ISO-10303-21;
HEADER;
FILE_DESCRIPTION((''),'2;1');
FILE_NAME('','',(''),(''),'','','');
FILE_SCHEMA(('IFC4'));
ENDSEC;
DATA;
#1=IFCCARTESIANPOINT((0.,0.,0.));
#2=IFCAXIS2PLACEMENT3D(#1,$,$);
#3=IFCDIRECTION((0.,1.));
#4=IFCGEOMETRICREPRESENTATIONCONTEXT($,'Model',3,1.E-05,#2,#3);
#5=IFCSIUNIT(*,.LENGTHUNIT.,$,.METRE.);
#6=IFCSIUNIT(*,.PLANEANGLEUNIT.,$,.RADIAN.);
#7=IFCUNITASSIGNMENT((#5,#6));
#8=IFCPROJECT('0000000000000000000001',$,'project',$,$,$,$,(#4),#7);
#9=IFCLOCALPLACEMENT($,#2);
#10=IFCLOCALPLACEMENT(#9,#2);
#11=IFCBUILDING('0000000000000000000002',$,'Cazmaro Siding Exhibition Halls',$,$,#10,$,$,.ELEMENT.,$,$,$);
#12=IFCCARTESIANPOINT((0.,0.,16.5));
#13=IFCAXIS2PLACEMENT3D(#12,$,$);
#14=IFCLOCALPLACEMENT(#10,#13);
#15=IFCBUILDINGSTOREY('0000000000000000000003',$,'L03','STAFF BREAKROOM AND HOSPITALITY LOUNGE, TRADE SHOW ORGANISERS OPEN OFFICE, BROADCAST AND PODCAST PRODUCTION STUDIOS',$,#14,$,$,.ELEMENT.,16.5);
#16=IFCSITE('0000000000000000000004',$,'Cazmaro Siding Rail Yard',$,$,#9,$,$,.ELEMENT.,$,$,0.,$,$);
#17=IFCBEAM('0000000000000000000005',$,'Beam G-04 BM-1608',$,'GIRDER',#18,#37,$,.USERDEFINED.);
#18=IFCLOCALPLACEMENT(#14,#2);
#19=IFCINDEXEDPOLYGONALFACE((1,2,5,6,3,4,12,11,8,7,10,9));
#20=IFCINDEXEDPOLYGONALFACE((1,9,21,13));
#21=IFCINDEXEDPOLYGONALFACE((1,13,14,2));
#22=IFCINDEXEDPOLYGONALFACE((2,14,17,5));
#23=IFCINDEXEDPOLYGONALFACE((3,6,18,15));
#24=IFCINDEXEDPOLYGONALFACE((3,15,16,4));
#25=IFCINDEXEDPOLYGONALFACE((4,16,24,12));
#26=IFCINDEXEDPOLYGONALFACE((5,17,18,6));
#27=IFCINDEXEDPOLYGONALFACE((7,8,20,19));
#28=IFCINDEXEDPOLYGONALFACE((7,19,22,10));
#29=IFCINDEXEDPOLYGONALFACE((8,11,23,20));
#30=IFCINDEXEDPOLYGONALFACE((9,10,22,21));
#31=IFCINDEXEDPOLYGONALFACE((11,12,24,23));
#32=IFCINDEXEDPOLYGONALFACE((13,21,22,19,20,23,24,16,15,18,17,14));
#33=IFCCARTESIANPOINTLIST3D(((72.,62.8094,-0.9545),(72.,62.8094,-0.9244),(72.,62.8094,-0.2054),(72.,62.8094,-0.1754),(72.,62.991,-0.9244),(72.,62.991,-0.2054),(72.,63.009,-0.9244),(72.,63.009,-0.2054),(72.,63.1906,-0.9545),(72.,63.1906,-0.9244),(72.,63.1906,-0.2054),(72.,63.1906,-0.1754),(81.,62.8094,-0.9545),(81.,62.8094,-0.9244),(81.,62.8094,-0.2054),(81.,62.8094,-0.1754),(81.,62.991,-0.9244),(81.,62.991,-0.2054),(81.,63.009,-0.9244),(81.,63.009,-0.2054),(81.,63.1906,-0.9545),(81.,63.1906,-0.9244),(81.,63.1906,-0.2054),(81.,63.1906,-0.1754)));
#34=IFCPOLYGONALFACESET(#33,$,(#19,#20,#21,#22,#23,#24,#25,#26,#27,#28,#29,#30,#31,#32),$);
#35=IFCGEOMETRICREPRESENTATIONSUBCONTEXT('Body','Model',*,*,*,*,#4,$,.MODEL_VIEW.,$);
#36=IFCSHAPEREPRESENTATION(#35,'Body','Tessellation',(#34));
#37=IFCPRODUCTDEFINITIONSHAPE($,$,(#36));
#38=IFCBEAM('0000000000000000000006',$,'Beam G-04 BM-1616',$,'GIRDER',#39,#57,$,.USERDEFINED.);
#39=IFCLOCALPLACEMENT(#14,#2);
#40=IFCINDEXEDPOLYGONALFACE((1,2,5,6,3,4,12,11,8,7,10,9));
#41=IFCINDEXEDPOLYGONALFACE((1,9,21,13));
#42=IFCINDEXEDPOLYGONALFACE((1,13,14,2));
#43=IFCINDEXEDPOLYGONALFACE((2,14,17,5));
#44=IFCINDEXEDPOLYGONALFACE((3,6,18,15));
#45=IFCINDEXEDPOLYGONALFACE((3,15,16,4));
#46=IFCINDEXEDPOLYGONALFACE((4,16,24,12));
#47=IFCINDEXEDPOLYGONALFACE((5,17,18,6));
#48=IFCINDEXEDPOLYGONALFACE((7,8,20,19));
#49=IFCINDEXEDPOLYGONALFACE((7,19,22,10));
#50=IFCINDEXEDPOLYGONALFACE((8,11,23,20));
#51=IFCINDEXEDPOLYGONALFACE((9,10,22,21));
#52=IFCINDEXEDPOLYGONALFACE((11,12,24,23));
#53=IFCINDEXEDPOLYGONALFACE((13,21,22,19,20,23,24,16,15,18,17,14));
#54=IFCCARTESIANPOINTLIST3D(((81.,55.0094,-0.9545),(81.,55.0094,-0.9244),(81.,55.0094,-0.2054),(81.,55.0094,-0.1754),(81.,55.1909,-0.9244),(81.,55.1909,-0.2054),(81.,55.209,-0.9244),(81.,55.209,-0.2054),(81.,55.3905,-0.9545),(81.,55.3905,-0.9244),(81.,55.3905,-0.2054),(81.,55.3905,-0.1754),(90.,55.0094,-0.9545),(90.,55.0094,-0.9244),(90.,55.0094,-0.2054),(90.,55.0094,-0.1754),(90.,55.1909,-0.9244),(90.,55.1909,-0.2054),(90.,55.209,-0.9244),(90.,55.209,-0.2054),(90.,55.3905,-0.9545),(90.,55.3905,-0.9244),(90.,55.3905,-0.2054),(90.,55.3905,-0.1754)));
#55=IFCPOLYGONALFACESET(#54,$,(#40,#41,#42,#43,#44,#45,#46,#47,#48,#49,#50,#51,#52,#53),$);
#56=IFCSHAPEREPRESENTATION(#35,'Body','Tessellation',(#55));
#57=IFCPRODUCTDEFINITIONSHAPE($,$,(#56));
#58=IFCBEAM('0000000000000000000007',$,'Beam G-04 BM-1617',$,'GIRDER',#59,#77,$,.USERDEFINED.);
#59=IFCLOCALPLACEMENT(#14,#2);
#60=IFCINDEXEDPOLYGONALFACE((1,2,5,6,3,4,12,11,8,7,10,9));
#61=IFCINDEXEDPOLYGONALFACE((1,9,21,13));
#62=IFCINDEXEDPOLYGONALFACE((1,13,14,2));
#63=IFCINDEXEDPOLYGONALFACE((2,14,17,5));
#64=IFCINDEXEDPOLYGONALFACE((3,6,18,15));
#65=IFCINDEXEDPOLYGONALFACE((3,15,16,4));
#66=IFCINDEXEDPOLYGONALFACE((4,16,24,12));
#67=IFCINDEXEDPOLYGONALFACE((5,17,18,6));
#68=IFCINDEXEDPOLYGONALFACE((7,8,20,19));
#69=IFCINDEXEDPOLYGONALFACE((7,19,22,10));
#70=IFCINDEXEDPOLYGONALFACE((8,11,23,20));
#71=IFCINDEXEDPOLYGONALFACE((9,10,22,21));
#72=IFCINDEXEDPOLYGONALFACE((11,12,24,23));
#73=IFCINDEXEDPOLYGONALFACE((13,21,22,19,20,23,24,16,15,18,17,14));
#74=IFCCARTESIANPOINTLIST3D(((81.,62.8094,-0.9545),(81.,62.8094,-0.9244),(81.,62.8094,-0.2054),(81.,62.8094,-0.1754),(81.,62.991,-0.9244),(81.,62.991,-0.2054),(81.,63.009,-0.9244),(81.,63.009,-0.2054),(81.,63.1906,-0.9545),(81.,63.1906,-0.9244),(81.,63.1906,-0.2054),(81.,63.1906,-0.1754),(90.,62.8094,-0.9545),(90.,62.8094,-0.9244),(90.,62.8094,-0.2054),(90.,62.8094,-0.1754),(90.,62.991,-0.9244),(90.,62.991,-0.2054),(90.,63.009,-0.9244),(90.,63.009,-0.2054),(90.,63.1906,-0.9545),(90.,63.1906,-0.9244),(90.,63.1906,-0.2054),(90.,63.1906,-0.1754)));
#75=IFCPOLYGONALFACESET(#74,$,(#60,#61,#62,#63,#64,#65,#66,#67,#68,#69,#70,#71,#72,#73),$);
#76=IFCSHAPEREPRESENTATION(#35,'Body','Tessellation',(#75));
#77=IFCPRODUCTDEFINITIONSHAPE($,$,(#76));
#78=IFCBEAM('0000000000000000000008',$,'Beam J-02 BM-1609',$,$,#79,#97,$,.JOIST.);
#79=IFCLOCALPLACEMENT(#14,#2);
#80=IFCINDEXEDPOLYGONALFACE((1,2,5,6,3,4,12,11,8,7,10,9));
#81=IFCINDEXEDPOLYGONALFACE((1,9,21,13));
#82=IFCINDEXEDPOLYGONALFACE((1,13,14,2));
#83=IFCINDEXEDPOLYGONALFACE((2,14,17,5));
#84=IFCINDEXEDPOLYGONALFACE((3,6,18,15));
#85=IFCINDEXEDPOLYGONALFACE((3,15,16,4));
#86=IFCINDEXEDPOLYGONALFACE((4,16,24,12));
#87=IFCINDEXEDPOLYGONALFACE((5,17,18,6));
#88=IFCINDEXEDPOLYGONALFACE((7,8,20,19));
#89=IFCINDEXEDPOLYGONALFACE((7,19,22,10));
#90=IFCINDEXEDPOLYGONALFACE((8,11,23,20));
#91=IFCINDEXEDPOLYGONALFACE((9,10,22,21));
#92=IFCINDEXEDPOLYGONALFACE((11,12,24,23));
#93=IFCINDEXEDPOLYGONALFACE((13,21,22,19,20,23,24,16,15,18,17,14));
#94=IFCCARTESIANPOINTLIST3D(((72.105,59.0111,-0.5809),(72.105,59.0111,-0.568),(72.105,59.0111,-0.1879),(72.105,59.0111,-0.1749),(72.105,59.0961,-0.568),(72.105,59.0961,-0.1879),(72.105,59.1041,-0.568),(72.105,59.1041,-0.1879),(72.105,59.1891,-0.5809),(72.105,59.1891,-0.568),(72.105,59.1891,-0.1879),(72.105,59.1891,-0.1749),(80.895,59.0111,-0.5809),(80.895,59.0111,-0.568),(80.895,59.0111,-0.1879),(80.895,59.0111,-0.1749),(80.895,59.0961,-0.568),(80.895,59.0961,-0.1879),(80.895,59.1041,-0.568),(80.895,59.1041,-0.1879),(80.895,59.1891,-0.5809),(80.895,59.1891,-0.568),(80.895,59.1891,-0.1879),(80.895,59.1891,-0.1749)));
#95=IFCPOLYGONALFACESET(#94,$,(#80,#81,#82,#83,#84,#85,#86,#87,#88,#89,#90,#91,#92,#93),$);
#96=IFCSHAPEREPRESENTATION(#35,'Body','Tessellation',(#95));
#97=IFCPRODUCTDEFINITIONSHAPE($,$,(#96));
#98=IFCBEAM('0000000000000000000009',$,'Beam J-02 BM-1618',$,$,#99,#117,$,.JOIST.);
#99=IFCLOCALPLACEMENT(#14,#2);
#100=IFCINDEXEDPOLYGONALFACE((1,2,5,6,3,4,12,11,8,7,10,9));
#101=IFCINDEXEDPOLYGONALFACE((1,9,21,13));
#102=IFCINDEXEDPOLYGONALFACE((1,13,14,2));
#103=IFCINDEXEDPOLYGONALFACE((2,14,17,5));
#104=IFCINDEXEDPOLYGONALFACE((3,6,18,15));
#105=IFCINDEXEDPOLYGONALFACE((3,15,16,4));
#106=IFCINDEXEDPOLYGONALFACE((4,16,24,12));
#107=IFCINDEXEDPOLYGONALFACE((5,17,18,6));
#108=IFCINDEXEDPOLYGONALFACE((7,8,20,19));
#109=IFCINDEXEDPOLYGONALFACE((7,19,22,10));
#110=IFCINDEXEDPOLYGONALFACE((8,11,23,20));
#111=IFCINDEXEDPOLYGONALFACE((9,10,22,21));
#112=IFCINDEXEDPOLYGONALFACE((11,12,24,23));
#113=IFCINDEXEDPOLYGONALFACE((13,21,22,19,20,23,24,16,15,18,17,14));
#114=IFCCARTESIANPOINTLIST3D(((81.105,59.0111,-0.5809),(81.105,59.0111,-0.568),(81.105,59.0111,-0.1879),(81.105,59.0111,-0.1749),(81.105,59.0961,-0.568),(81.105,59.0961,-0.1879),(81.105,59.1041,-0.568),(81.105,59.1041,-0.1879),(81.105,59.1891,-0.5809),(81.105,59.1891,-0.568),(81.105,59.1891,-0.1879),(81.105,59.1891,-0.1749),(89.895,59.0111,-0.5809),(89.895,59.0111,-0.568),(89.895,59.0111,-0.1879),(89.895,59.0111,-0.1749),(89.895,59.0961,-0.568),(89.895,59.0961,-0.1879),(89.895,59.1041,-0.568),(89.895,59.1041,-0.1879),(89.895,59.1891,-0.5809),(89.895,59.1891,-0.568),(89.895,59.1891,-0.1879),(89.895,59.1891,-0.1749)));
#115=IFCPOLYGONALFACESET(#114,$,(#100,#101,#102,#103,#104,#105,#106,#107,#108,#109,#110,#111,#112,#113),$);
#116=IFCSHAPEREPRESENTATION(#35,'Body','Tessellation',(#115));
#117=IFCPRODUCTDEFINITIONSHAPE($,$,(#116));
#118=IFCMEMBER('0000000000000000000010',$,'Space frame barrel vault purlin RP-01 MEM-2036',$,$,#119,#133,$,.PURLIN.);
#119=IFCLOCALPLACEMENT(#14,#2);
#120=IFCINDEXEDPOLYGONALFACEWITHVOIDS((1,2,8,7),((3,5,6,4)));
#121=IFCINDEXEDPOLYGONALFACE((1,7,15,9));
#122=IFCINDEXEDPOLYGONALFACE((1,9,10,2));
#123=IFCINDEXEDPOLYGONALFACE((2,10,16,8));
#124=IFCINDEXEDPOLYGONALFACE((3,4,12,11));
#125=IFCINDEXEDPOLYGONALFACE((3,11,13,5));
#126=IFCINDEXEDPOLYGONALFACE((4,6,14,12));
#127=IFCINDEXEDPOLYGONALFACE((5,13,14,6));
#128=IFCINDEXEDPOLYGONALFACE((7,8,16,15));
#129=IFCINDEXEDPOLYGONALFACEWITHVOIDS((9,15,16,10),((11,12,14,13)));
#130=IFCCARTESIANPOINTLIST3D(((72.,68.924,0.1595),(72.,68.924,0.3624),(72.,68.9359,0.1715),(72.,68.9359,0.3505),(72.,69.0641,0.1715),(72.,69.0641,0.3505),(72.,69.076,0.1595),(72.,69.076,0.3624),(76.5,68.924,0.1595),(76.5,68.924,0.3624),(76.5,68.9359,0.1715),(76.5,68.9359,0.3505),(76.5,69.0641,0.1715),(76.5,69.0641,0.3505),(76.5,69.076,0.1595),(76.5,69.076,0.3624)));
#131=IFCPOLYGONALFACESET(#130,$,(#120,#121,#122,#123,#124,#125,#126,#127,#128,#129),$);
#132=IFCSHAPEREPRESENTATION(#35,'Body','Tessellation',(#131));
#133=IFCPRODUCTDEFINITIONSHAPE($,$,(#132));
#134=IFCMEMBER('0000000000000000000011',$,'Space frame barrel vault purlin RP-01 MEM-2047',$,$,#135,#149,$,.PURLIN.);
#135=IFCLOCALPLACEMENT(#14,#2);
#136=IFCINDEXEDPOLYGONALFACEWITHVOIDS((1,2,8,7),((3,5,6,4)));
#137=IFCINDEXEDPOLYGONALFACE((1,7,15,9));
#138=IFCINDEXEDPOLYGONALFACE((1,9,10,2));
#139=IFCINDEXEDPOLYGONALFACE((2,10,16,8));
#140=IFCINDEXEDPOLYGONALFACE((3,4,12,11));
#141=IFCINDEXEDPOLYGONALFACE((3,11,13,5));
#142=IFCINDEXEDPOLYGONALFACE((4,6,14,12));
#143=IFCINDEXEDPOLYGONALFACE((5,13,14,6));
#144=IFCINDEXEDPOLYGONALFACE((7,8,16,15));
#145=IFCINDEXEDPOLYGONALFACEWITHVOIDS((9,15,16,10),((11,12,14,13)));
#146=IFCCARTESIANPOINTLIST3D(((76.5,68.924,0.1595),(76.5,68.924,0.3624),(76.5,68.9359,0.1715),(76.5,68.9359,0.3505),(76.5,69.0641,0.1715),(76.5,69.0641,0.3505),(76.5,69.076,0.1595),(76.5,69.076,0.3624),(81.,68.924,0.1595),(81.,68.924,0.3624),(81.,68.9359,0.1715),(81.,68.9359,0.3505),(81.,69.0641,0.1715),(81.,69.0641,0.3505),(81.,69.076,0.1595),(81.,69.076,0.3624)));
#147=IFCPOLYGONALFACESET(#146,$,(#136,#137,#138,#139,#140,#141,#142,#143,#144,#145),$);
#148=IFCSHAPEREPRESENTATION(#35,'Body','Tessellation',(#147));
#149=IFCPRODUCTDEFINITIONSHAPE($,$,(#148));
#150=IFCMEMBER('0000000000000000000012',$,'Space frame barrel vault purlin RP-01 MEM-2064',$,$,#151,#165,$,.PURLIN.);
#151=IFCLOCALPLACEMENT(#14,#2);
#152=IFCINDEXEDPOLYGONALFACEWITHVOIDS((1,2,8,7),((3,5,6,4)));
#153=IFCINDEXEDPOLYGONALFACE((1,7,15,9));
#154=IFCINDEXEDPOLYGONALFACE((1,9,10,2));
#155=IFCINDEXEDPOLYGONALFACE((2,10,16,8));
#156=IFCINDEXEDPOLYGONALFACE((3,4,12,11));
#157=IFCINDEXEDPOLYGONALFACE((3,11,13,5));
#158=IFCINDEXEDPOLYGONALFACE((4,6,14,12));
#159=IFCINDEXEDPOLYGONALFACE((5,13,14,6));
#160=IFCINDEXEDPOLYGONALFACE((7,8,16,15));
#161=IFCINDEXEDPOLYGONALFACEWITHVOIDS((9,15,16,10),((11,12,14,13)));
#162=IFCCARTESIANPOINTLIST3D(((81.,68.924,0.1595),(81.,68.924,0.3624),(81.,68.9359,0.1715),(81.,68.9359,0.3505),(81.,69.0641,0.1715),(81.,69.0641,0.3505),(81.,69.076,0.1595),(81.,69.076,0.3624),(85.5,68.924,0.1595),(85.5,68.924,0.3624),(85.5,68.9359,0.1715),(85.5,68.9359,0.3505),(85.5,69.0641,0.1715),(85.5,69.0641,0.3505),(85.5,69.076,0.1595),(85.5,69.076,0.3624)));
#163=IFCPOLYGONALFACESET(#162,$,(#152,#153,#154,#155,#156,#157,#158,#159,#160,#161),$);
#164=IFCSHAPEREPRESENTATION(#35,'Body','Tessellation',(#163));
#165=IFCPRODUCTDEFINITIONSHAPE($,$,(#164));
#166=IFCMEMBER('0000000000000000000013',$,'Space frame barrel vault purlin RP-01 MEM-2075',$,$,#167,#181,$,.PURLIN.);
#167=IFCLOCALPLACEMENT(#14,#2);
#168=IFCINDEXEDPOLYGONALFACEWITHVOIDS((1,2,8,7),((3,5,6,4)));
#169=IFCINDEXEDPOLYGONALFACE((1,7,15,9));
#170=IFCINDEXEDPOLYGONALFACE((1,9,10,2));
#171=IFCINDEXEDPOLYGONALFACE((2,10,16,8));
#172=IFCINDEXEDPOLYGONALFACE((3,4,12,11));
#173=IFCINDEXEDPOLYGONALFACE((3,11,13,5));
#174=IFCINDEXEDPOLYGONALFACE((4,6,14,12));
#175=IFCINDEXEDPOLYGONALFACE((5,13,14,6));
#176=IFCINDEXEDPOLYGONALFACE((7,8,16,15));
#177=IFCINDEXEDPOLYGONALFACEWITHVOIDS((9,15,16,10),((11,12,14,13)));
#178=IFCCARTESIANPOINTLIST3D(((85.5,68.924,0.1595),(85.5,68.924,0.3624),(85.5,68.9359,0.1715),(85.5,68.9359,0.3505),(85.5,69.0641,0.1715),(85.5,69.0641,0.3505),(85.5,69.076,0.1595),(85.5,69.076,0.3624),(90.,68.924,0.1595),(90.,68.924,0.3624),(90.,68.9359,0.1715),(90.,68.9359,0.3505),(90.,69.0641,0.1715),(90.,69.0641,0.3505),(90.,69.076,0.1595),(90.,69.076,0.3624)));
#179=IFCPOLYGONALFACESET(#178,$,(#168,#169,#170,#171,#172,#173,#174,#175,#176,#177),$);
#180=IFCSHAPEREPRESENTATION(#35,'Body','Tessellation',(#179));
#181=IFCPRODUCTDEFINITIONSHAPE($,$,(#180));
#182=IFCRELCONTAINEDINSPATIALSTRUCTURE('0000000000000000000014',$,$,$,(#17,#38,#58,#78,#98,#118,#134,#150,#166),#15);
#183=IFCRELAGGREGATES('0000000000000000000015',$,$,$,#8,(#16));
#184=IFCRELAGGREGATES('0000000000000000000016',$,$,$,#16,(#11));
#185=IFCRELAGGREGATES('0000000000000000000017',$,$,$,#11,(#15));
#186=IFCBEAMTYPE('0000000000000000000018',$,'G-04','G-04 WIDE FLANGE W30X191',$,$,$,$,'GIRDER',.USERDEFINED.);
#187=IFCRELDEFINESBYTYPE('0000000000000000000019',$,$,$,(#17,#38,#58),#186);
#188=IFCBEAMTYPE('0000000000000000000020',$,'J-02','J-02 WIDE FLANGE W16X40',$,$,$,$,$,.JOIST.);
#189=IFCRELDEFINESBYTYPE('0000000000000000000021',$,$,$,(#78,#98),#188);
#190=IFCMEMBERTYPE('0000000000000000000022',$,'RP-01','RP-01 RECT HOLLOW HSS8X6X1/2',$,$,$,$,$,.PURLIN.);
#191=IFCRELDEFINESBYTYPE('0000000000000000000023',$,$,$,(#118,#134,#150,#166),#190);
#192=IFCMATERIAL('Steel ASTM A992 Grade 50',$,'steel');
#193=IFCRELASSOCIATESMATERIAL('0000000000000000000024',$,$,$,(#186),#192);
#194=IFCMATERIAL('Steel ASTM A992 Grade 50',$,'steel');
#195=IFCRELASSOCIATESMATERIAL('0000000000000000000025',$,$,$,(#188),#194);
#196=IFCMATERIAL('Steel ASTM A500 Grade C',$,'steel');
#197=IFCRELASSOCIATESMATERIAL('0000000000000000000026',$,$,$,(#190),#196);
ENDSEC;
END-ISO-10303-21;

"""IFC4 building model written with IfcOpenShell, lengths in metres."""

from ifc_helpers import new_model, si_unit, direction, frame, origin, origin_2d, place, context, subcontext, project, spatial, hollow_rectangle, i_section, extrude, material, material_profile, profile_set, type_object, element, save


model = new_model("IFC4")

# Units and contexts
model_context = context("Model", 3, precision=1e-05, world=origin(), true_north=direction((0.0, 1.0)))
body_context = subcontext(model_context, "Body", "Model", "MODEL_VIEW")
ifc_project = project(units=[si_unit("LENGTHUNIT", "METRE"), si_unit("PLANEANGLEUNIT", "RADIAN")], contexts=[model_context])

# Site, building, storey
site_placement = place(None, origin())
site = spatial("IfcSite", under=ifc_project, at=site_placement, Name="Cazmaro Siding Rail Yard", CompositionType="ELEMENT", RefElevation=0.0)
building_placement = place(site_placement, origin())
building = spatial("IfcBuilding", under=site, at=building_placement, Name="Cazmaro Siding Exhibition Halls", CompositionType="ELEMENT")
storey_placement = place(building_placement, frame((0.0, 0.0, 16.5)))
storey = spatial("IfcBuildingStorey", under=building, at=storey_placement, Name="L03", Description="STAFF BREAKROOM AND HOSPITALITY LOUNGE, TRADE SHOW ORGANISERS OPEN OFFICE, BROADCAST AND PODCAST PRODUCTION STUDIOS", CompositionType="ELEMENT", Elevation=16.5)

# Beams
ifc_material_1 = material(Name="Steel ASTM A992 Grade 50", Category="steel")
ifc_material_profile_1 = material_profile(ifc_material_1, i_section(OverallWidth=0.3811, OverallDepth=0.7791, WebThickness=0.0181, FlangeThickness=0.03, at=origin_2d()), Name="W30X191")
ifc_profile_set_1 = profile_set([ifc_material_profile_1], Name="Steel ASTM A992 Grade 50")
beam_type_1 = type_object("IfcBeamType", Name="G-04", Description="G-04 WIDE FLANGE W30X191", ElementType="GIRDER", PredefinedType="USERDEFINED", material=ifc_profile_set_1)
for number, where, z_axis, x_axis, name in (
    (1, (72.0, 63.0, -0.5649), (1.0, 0.0, 0.0), (0.0, 1.0, 0.0), "Beam G-04 BM-1608"),
    (2, (81.0, 55.2, -0.5649), (1.0, 0.0, 0.0), (0.0, 1.0, 0.0), "Beam G-04 BM-1616"),
    (3, (81.0, 63.0, -0.5649), (1.0, 0.0, 0.0), (0.0, 1.0, 0.0), "Beam G-04 BM-1617"),
):
    element("IfcBeam", number, at=place(storey_placement, frame(where, z_axis=z_axis, x_axis=x_axis)), inside=storey, type_object=beam_type_1, Name=name, ObjectType="GIRDER", PredefinedType="USERDEFINED", context=body_context, shape_type="SweptSolid", body=[
        extrude(i_section(OverallWidth=0.3811, OverallDepth=0.7791, WebThickness=0.0181, FlangeThickness=0.03, at=origin_2d()), origin(), (0.0, 0.0, 1.0), 9.0),
    ])
ifc_material_2 = material(Name="Steel ASTM A992 Grade 50", Category="steel")
ifc_material_profile_2 = material_profile(ifc_material_2, i_section(OverallWidth=0.178, OverallDepth=0.406, WebThickness=0.0081, FlangeThickness=0.0129, at=origin_2d()), Name="W16X40")
ifc_profile_set_2 = profile_set([ifc_material_profile_2], Name="Steel ASTM A992 Grade 50")
beam_type_2 = type_object("IfcBeamType", Name="J-02", Description="J-02 WIDE FLANGE W16X40", PredefinedType="JOIST", material=ifc_profile_set_2)
for number, where, z_axis, x_axis, name in (
    (4, (72.105, 59.1001, -0.3779), (1.0, 0.0, 0.0), (0.0, 1.0, 0.0), "Beam J-02 BM-1609"),
    (5, (81.105, 59.1001, -0.3779), (1.0, 0.0, 0.0), (0.0, 1.0, 0.0), "Beam J-02 BM-1618"),
):
    element("IfcBeam", number, at=place(storey_placement, frame(where, z_axis=z_axis, x_axis=x_axis)), inside=storey, type_object=beam_type_2, Name=name, PredefinedType="JOIST", context=body_context, shape_type="SweptSolid", body=[
        extrude(i_section(OverallWidth=0.178, OverallDepth=0.406, WebThickness=0.0081, FlangeThickness=0.0129, at=origin_2d()), origin(), (0.0, 0.0, 1.0), 8.79),
    ])

# Members
ifc_material_3 = material(Name="Steel ASTM A500 Grade C", Category="steel")
ifc_material_profile_3 = material_profile(ifc_material_3, hollow_rectangle(XDim=0.1521, YDim=0.2029, WallThickness=0.012, at=origin_2d()), Name="HSS8X6X1/2")
ifc_profile_set_3 = profile_set([ifc_material_profile_3], Name="Steel ASTM A500 Grade C")
member_type_1 = type_object("IfcMemberType", Name="RP-01", Description="RP-01 RECT HOLLOW HSS8X6X1/2", PredefinedType="PURLIN", material=ifc_profile_set_3)
for number, where, z_axis, x_axis, name in (
    (6, (72.0, 69.0, 0.261), (1.0, 0.0, 0.0), (0.0, 1.0, 0.0), "Space frame barrel vault purlin RP-01 MEM-2036"),
    (7, (76.5, 69.0, 0.261), (1.0, 0.0, 0.0), (0.0, 1.0, 0.0), "Space frame barrel vault purlin RP-01 MEM-2047"),
    (8, (81.0, 69.0, 0.261), (1.0, 0.0, 0.0), (0.0, 1.0, 0.0), "Space frame barrel vault purlin RP-01 MEM-2064"),
    (9, (85.5, 69.0, 0.261), (1.0, 0.0, 0.0), (0.0, 1.0, 0.0), "Space frame barrel vault purlin RP-01 MEM-2075"),
):
    element("IfcMember", number, at=place(storey_placement, frame(where, z_axis=z_axis, x_axis=x_axis)), inside=storey, type_object=member_type_1, Name=name, PredefinedType="PURLIN", context=body_context, shape_type="SweptSolid", body=[
        extrude(hollow_rectangle(XDim=0.1521, YDim=0.2029, WallThickness=0.012, at=origin_2d()), origin(), (0.0, 0.0, 1.0), 4.5),
    ])

save(model, "model.ifc")
